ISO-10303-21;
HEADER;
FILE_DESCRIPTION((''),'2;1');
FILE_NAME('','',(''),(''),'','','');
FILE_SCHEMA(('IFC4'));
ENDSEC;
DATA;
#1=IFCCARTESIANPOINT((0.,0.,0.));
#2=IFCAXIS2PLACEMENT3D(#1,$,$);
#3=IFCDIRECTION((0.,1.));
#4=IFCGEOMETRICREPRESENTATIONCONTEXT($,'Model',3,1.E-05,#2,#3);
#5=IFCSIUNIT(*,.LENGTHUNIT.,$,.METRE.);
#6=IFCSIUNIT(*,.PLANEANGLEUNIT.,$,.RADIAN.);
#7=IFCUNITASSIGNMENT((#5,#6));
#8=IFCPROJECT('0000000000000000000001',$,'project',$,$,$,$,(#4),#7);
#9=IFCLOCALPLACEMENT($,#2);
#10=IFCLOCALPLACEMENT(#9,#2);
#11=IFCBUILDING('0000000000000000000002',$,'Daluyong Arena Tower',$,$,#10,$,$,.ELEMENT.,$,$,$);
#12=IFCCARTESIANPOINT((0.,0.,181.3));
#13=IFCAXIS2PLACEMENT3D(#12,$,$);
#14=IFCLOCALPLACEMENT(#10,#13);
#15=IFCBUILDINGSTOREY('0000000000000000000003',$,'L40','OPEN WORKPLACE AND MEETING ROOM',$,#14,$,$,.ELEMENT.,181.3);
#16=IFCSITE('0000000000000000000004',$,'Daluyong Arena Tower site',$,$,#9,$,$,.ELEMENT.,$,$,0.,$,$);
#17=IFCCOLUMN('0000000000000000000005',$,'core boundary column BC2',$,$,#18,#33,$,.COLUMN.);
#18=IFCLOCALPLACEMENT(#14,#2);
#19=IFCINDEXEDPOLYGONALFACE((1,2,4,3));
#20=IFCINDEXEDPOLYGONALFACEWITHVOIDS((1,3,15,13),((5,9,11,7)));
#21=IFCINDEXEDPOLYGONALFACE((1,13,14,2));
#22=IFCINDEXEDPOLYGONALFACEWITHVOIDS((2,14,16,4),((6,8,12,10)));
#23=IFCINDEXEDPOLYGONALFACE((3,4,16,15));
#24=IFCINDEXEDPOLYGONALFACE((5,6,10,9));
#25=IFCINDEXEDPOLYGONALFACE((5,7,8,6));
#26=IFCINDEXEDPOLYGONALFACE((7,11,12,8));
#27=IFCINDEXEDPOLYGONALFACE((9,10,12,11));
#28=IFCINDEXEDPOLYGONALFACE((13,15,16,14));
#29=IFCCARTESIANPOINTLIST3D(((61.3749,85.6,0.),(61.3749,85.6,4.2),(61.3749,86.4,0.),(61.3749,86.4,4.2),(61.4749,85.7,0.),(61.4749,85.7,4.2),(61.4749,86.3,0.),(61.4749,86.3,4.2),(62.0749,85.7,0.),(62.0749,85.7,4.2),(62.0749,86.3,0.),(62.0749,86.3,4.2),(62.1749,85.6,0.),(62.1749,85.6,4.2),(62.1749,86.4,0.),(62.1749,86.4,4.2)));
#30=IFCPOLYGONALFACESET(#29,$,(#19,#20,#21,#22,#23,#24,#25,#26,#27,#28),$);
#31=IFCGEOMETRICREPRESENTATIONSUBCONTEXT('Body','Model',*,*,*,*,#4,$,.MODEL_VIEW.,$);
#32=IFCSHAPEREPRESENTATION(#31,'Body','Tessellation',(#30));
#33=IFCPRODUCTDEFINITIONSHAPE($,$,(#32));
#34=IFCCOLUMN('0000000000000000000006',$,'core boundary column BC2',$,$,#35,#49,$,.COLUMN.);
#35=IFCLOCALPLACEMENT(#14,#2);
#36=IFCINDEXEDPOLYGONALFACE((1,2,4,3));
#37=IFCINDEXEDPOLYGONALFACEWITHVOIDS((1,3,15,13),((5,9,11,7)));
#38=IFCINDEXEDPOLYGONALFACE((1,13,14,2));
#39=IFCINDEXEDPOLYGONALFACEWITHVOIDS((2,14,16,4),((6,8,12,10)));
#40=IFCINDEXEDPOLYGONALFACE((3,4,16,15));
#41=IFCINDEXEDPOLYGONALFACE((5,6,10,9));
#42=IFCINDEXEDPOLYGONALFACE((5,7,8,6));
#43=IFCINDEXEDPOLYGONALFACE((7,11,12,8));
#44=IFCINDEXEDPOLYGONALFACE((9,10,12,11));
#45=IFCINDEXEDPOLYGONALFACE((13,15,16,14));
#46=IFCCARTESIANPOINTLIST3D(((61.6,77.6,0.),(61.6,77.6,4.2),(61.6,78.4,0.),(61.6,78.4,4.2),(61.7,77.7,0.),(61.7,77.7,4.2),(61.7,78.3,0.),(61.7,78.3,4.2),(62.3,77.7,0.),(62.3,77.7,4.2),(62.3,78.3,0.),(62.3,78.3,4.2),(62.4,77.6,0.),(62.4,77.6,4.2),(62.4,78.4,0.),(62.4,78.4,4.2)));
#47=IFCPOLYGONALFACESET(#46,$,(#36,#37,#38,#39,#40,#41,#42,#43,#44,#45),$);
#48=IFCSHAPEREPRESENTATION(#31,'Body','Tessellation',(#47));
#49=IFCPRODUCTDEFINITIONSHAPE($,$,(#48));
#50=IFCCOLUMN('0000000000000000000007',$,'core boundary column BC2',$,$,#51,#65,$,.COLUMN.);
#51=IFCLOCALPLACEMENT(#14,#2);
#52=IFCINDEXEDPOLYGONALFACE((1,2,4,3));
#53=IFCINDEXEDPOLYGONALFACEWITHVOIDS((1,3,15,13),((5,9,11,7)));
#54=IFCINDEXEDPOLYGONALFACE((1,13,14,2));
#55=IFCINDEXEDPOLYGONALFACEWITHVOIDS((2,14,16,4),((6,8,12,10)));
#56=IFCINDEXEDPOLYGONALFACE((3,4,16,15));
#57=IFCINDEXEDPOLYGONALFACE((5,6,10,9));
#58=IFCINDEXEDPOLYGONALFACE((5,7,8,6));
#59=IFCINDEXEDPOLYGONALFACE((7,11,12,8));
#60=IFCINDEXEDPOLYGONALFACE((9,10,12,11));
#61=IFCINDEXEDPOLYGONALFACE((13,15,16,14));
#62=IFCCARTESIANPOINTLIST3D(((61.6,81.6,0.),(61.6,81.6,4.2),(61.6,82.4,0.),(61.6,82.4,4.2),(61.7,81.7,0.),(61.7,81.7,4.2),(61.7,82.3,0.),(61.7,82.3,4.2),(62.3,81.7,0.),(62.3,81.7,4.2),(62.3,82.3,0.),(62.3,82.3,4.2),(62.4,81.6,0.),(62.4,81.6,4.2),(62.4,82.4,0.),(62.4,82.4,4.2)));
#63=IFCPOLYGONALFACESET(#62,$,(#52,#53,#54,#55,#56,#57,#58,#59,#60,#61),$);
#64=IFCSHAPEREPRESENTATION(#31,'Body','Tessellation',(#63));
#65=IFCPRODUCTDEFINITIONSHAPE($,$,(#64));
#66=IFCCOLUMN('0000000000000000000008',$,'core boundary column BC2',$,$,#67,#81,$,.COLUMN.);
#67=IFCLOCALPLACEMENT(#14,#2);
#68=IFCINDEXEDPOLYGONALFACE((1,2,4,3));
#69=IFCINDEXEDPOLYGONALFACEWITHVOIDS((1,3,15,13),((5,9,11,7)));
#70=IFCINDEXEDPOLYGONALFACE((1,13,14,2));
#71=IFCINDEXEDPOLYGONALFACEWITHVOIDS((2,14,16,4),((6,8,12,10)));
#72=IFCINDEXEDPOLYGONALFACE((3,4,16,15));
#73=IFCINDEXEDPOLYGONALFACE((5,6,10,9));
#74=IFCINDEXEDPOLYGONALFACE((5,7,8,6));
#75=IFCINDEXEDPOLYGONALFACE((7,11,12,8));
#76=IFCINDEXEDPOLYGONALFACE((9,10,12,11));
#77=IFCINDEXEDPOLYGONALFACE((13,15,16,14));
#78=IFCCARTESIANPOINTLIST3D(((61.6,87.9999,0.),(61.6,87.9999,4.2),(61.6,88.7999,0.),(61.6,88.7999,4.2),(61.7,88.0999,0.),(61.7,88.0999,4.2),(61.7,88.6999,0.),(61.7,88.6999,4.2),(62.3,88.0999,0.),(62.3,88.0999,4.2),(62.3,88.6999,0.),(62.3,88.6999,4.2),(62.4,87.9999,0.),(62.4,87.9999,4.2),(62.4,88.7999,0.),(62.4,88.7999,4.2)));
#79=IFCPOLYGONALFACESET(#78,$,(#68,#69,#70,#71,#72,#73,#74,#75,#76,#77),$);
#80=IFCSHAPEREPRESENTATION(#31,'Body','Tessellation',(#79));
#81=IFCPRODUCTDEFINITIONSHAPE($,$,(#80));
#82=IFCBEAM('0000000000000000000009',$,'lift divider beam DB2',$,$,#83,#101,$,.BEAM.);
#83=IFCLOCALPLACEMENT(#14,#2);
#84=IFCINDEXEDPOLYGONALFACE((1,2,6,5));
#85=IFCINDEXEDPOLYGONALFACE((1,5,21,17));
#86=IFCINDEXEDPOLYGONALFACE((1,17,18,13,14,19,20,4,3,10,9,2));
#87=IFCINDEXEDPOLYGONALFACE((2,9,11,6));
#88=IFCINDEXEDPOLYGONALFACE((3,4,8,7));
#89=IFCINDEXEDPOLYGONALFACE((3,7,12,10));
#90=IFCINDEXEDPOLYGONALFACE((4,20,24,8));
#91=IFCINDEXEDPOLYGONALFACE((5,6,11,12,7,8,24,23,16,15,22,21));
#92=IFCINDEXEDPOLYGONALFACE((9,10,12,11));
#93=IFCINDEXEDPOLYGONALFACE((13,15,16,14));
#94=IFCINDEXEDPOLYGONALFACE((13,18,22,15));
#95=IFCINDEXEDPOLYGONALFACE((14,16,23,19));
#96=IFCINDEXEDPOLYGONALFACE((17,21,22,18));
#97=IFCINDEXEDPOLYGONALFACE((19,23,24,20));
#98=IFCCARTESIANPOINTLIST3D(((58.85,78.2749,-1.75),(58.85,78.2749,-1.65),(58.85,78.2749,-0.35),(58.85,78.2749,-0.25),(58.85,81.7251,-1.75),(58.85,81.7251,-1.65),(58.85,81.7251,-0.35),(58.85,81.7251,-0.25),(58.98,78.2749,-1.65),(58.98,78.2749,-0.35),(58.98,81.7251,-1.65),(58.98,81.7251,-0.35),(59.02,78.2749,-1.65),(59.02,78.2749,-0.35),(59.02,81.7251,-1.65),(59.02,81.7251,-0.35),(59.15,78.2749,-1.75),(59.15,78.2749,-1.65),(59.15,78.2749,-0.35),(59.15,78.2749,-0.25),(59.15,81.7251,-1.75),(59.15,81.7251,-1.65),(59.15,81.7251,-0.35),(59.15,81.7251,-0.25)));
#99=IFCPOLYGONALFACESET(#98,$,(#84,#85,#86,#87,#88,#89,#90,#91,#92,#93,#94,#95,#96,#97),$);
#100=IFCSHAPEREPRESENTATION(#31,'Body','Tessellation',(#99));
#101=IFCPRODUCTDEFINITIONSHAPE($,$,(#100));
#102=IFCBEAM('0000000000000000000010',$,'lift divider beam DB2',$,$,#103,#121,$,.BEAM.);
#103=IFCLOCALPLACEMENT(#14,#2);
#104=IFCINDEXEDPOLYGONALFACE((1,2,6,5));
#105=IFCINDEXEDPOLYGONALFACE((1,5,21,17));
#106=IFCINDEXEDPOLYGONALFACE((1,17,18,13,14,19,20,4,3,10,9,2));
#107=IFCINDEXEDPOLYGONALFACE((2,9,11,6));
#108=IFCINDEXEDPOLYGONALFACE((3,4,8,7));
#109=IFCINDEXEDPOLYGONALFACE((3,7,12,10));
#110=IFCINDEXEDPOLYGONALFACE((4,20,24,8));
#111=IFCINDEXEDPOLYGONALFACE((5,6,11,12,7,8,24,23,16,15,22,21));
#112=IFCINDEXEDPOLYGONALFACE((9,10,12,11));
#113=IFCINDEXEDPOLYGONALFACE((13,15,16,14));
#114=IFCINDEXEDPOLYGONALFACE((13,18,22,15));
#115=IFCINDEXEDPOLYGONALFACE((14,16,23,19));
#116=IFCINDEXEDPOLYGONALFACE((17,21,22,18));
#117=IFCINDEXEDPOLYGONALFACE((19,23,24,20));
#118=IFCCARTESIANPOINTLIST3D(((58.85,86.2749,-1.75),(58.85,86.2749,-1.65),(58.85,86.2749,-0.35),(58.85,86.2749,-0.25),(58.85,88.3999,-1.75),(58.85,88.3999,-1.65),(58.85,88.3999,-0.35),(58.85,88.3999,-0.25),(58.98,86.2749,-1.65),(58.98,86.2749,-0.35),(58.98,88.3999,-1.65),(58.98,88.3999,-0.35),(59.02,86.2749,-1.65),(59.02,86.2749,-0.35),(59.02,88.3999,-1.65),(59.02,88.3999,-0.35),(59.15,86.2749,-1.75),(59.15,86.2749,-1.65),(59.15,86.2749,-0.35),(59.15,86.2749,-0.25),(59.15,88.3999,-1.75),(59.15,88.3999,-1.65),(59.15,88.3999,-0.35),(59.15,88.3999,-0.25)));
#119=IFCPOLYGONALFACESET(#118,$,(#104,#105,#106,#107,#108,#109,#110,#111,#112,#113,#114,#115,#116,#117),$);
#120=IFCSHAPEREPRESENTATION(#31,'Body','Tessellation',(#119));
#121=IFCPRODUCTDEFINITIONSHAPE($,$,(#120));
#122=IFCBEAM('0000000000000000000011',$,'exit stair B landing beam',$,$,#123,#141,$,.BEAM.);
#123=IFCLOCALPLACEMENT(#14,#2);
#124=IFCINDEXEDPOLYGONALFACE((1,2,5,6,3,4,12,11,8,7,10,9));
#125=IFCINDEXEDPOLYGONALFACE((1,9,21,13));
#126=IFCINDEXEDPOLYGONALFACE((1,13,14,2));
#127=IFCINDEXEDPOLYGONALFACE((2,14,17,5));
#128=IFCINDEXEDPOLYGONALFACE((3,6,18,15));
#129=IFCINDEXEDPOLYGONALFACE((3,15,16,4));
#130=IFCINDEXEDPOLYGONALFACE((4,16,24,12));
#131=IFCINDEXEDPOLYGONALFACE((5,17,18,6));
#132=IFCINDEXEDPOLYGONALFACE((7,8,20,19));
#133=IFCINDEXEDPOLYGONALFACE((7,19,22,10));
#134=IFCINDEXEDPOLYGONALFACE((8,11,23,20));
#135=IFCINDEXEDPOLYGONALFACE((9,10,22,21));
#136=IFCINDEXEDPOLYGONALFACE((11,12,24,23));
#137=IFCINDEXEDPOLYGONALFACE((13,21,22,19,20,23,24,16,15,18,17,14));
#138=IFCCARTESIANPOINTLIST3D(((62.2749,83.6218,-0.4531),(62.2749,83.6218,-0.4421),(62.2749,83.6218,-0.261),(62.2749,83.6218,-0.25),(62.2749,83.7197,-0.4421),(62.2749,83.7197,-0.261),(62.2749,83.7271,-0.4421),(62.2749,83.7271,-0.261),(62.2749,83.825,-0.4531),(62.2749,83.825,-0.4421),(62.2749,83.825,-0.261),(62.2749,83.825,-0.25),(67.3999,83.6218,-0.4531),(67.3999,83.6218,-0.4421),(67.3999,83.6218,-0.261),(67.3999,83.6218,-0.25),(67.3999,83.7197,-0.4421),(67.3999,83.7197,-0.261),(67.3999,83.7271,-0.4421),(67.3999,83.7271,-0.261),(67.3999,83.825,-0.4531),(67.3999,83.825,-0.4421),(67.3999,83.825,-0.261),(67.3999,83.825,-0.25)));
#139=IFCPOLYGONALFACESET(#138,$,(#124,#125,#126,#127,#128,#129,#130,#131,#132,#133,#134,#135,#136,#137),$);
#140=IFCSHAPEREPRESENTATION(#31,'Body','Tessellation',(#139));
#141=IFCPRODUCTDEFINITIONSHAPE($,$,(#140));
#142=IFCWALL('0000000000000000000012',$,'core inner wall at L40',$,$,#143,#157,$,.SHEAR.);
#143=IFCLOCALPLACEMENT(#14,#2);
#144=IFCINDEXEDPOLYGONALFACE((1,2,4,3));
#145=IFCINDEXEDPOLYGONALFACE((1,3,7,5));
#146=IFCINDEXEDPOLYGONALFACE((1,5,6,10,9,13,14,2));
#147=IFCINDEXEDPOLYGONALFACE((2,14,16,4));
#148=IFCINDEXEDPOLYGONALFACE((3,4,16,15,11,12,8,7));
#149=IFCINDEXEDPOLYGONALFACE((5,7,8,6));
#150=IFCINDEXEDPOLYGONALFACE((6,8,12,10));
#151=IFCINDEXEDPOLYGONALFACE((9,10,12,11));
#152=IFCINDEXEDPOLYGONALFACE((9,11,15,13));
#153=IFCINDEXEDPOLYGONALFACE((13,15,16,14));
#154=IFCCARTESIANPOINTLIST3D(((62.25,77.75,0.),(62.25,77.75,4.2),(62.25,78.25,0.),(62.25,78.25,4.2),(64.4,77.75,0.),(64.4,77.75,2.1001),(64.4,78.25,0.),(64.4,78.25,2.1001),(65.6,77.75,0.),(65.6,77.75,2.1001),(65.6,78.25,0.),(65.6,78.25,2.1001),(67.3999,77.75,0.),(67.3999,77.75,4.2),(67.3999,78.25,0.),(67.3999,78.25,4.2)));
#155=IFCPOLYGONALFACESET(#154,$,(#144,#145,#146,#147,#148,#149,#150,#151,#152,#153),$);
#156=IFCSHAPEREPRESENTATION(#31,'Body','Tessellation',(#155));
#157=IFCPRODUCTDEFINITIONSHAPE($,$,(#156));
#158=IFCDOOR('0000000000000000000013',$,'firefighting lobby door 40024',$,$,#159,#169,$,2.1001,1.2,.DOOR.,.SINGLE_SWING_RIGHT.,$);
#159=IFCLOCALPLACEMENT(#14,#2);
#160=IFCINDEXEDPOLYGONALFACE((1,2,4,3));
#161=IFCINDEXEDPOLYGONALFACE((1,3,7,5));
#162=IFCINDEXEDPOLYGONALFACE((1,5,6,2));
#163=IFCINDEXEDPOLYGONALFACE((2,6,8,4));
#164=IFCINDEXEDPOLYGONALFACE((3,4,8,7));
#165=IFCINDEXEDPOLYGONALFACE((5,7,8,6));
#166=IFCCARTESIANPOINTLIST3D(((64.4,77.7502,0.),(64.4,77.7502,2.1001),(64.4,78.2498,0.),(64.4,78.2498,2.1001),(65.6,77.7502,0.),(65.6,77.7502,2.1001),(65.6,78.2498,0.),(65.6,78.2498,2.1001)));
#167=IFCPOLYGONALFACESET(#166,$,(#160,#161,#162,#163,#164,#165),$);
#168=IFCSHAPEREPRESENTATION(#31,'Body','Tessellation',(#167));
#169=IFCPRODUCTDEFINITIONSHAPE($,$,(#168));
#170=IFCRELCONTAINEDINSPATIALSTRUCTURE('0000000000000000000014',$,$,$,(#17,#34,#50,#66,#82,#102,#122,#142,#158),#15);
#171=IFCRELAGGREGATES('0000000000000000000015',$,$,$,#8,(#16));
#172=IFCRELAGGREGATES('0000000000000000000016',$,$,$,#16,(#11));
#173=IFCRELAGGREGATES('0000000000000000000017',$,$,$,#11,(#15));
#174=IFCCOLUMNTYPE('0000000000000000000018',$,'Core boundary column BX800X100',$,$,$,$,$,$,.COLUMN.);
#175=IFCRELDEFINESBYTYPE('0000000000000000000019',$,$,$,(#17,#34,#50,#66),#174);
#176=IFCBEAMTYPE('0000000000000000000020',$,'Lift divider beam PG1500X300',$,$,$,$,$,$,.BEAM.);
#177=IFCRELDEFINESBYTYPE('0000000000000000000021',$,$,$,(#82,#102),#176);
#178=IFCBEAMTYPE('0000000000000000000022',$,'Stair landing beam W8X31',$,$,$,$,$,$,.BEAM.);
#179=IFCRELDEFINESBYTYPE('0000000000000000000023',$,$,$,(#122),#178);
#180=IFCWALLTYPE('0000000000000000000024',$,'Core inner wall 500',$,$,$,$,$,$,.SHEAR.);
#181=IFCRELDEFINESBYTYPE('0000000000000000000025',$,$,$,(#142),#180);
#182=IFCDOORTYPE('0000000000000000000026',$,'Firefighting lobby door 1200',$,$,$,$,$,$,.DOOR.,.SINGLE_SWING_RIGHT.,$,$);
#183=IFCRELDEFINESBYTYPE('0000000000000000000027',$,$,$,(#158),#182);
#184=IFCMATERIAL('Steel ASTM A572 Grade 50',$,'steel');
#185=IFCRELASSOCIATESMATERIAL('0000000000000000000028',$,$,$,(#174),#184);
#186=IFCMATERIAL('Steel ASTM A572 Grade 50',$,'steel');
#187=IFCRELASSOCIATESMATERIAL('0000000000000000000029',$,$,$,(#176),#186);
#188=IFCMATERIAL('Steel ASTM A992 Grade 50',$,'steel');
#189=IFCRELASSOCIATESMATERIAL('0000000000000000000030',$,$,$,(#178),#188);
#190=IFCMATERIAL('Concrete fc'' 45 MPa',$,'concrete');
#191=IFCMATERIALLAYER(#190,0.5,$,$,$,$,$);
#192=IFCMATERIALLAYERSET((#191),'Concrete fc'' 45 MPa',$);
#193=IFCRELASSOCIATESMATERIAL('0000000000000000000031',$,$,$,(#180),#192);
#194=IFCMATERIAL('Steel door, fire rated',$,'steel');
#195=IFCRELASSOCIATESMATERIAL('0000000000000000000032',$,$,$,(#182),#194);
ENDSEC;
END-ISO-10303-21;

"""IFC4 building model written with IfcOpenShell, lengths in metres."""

from ifc_helpers import new_model, si_unit, direction, frame, frame_2d, origin, origin_2d, place, context, subcontext, project, spatial, rectangle, hollow_rectangle, i_section, extrude, material, layer, layer_set, material_profile, profile_set, type_object, element, fill, save


model = new_model("IFC4")

# Units and contexts
model_context = context("Model", 3, precision=1e-05, world=origin(), true_north=direction((0.0, 1.0)))
body_context = subcontext(model_context, "Body", "Model", "MODEL_VIEW")
ifc_project = project(units=[si_unit("LENGTHUNIT", "METRE"), si_unit("PLANEANGLEUNIT", "RADIAN")], contexts=[model_context])

# Site, building, storey
site_placement = place(None, origin())
site = spatial("IfcSite", under=ifc_project, at=site_placement, Name="Daluyong Arena Tower site", CompositionType="ELEMENT", RefElevation=0.0)
building_placement = place(site_placement, origin())
building = spatial("IfcBuilding", under=site, at=building_placement, Name="Daluyong Arena Tower", CompositionType="ELEMENT")
storey_placement = place(building_placement, frame((0.0, 0.0, 181.3)))
storey = spatial("IfcBuildingStorey", under=building, at=storey_placement, Name="L40", Description="OPEN WORKPLACE AND MEETING ROOM", CompositionType="ELEMENT", Elevation=181.3)

# Columns
ifc_material_1 = material(Name="Steel ASTM A572 Grade 50", Category="steel")
ifc_material_profile_1 = material_profile(ifc_material_1, hollow_rectangle(XDim=0.8, YDim=0.8, WallThickness=0.1, at=origin_2d()))
ifc_profile_set_1 = profile_set([ifc_material_profile_1], Name="Steel ASTM A572 Grade 50")
column_type = type_object("IfcColumnType", Name="Core boundary column BX800X100", PredefinedType="COLUMN", material=ifc_profile_set_1)
for number, where, z_axis, x_axis, name in (
    (1, (61.7749, 86.0, 0.0), (0.0, 0.0, 1.0), (1.0, 0.0, 0.0), "core boundary column BC2"),
    (2, (62.0, 78.0, 0.0), (0.0, 0.0, 1.0), (1.0, 0.0, 0.0), "core boundary column BC2"),
    (3, (62.0, 82.0, 0.0), (0.0, 0.0, 1.0), (1.0, 0.0, 0.0), "core boundary column BC2"),
    (4, (62.0, 88.3999, 0.0), (0.0, 0.0, 1.0), (1.0, 0.0, 0.0), "core boundary column BC2"),
):
    element("IfcColumn", number, at=place(storey_placement, frame(where, z_axis=z_axis, x_axis=x_axis)), inside=storey, type_object=column_type, Name=name, PredefinedType="COLUMN", context=body_context, shape_type="SweptSolid", body=[
        extrude(hollow_rectangle(XDim=0.8, YDim=0.8, WallThickness=0.1, at=origin_2d()), origin(), (0.0, 0.0, 1.0), 4.2),
    ])

# Beams
ifc_material_2 = material(Name="Steel ASTM A572 Grade 50", Category="steel")
ifc_material_profile_2 = material_profile(ifc_material_2, i_section(OverallWidth=0.3, OverallDepth=1.5, WebThickness=0.04, FlangeThickness=0.1, at=origin_2d()))
ifc_profile_set_2 = profile_set([ifc_material_profile_2], Name="Steel ASTM A572 Grade 50")
beam_type_1 = type_object("IfcBeamType", Name="Lift divider beam PG1500X300", PredefinedType="BEAM", material=ifc_profile_set_2)
beam_1_placement = place(storey_placement, frame((59.0, 78.2749, -1.0), z_axis=(0.0, 1.0, 0.0), x_axis=(-1.0, 0.0, 0.0)))
element("IfcBeam", 5, at=beam_1_placement, inside=storey, type_object=beam_type_1, Name="lift divider beam DB2", PredefinedType="BEAM", context=body_context, shape_type="SweptSolid", body=[
    extrude(i_section(OverallWidth=0.3, OverallDepth=1.5, WebThickness=0.04, FlangeThickness=0.1, at=origin_2d()), origin(), (0.0, 0.0, 1.0), 3.4502),
])
beam_2_placement = place(storey_placement, frame((59.0, 86.2749, -1.0), z_axis=(0.0, 1.0, 0.0), x_axis=(-1.0, 0.0, 0.0)))
element("IfcBeam", 6, at=beam_2_placement, inside=storey, type_object=beam_type_1, Name="lift divider beam DB2", PredefinedType="BEAM", context=body_context, shape_type="SweptSolid", body=[
    extrude(i_section(OverallWidth=0.3, OverallDepth=1.5, WebThickness=0.04, FlangeThickness=0.1, at=origin_2d()), origin(), (0.0, 0.0, 1.0), 2.125),
])
ifc_material_3 = material(Name="Steel ASTM A992 Grade 50", Category="steel")
ifc_material_profile_3 = material_profile(ifc_material_3, i_section(OverallWidth=0.2031, OverallDepth=0.2031, WebThickness=0.0073, FlangeThickness=0.011, at=origin_2d()))
ifc_profile_set_3 = profile_set([ifc_material_profile_3], Name="Steel ASTM A992 Grade 50")
beam_type_2 = type_object("IfcBeamType", Name="Stair landing beam W8X31", PredefinedType="BEAM", material=ifc_profile_set_3)
beam_3_placement = place(storey_placement, frame((62.2749, 83.7234, -0.3516), z_axis=(1.0, 0.0, 0.0), x_axis=(0.0, 1.0, 0.0)))
element("IfcBeam", 7, at=beam_3_placement, inside=storey, type_object=beam_type_2, Name="exit stair B landing beam", PredefinedType="BEAM", context=body_context, shape_type="SweptSolid", body=[
    extrude(i_section(OverallWidth=0.2031, OverallDepth=0.2031, WebThickness=0.0073, FlangeThickness=0.011, at=origin_2d()), origin(), (0.0, 0.0, 1.0), 5.125),
])

# Wall, opening, door
ifc_material_4 = material(Name="Concrete fc' 45 MPa", Category="concrete")
ifc_layer_1 = layer(ifc_material_4, 0.5)
ifc_layer_set_1 = layer_set([ifc_layer_1], Name="Concrete fc' 45 MPa")
wall_type_1 = type_object("IfcWallType", Name="Core inner wall 500", PredefinedType="SHEAR", material=ifc_layer_set_1)
wall_1_placement = place(storey_placement, frame((62.25, 78.0, 0.0), z_axis=(0.0, 0.0, 1.0), x_axis=(1.0, 0.0, 0.0)))
wall_1 = element("IfcWall", 8, at=wall_1_placement, inside=storey, type_object=wall_type_1, Name="core inner wall at L40", PredefinedType="SHEAR", context=body_context, shape_type="SweptSolid", body=[
    extrude(rectangle(XDim=5.1499, YDim=0.5, at=frame_2d((2.575, 0.0))), origin(), (0.0, 0.0, 1.0), 4.2),
])
opening_1_placement = place(wall_1_placement, frame((2.1499, 0.0, 0.0)))
opening_1 = element("IfcOpeningElement", 9, at=opening_1_placement, cuts=wall_1, PredefinedType="OPENING", context=body_context, shape_type="SweptSolid", body=[
    extrude(rectangle(XDim=1.2, YDim=2.1001, at=frame_2d((0.6001, 1.05))), frame((0.0, 0.26, 0.0), z_axis=(0.0, -1.0, 0.0), x_axis=(1.0, 0.0, 0.0)), (0.0, 0.0, 1.0), 0.52),
])
ifc_material_5 = material(Name="Steel door, fire rated", Category="steel")
door_type_1 = type_object("IfcDoorType", Name="Firefighting lobby door 1200", OperationType="SINGLE_SWING_RIGHT", PredefinedType="DOOR", material=ifc_material_5)
door_1_placement = place(opening_1_placement, origin())
door_1 = element("IfcDoor", 10, at=door_1_placement, inside=storey, type_object=door_type_1, Name="firefighting lobby door 40024", OperationType="SINGLE_SWING_RIGHT", OverallHeight=2.1001, OverallWidth=1.2, PredefinedType="DOOR", context=body_context, shape_type="SweptSolid", body=[
    extrude(rectangle(XDim=1.2, YDim=2.1001, at=frame_2d((0.6001, 1.05))), frame((0.0, 0.2498, 0.0), z_axis=(0.0, -1.0, 0.0), x_axis=(1.0, 0.0, 0.0)), (0.0, 0.0, 1.0), 0.4995),
])
fill(opening_1, door_1)

save(model, "model.ifc")
